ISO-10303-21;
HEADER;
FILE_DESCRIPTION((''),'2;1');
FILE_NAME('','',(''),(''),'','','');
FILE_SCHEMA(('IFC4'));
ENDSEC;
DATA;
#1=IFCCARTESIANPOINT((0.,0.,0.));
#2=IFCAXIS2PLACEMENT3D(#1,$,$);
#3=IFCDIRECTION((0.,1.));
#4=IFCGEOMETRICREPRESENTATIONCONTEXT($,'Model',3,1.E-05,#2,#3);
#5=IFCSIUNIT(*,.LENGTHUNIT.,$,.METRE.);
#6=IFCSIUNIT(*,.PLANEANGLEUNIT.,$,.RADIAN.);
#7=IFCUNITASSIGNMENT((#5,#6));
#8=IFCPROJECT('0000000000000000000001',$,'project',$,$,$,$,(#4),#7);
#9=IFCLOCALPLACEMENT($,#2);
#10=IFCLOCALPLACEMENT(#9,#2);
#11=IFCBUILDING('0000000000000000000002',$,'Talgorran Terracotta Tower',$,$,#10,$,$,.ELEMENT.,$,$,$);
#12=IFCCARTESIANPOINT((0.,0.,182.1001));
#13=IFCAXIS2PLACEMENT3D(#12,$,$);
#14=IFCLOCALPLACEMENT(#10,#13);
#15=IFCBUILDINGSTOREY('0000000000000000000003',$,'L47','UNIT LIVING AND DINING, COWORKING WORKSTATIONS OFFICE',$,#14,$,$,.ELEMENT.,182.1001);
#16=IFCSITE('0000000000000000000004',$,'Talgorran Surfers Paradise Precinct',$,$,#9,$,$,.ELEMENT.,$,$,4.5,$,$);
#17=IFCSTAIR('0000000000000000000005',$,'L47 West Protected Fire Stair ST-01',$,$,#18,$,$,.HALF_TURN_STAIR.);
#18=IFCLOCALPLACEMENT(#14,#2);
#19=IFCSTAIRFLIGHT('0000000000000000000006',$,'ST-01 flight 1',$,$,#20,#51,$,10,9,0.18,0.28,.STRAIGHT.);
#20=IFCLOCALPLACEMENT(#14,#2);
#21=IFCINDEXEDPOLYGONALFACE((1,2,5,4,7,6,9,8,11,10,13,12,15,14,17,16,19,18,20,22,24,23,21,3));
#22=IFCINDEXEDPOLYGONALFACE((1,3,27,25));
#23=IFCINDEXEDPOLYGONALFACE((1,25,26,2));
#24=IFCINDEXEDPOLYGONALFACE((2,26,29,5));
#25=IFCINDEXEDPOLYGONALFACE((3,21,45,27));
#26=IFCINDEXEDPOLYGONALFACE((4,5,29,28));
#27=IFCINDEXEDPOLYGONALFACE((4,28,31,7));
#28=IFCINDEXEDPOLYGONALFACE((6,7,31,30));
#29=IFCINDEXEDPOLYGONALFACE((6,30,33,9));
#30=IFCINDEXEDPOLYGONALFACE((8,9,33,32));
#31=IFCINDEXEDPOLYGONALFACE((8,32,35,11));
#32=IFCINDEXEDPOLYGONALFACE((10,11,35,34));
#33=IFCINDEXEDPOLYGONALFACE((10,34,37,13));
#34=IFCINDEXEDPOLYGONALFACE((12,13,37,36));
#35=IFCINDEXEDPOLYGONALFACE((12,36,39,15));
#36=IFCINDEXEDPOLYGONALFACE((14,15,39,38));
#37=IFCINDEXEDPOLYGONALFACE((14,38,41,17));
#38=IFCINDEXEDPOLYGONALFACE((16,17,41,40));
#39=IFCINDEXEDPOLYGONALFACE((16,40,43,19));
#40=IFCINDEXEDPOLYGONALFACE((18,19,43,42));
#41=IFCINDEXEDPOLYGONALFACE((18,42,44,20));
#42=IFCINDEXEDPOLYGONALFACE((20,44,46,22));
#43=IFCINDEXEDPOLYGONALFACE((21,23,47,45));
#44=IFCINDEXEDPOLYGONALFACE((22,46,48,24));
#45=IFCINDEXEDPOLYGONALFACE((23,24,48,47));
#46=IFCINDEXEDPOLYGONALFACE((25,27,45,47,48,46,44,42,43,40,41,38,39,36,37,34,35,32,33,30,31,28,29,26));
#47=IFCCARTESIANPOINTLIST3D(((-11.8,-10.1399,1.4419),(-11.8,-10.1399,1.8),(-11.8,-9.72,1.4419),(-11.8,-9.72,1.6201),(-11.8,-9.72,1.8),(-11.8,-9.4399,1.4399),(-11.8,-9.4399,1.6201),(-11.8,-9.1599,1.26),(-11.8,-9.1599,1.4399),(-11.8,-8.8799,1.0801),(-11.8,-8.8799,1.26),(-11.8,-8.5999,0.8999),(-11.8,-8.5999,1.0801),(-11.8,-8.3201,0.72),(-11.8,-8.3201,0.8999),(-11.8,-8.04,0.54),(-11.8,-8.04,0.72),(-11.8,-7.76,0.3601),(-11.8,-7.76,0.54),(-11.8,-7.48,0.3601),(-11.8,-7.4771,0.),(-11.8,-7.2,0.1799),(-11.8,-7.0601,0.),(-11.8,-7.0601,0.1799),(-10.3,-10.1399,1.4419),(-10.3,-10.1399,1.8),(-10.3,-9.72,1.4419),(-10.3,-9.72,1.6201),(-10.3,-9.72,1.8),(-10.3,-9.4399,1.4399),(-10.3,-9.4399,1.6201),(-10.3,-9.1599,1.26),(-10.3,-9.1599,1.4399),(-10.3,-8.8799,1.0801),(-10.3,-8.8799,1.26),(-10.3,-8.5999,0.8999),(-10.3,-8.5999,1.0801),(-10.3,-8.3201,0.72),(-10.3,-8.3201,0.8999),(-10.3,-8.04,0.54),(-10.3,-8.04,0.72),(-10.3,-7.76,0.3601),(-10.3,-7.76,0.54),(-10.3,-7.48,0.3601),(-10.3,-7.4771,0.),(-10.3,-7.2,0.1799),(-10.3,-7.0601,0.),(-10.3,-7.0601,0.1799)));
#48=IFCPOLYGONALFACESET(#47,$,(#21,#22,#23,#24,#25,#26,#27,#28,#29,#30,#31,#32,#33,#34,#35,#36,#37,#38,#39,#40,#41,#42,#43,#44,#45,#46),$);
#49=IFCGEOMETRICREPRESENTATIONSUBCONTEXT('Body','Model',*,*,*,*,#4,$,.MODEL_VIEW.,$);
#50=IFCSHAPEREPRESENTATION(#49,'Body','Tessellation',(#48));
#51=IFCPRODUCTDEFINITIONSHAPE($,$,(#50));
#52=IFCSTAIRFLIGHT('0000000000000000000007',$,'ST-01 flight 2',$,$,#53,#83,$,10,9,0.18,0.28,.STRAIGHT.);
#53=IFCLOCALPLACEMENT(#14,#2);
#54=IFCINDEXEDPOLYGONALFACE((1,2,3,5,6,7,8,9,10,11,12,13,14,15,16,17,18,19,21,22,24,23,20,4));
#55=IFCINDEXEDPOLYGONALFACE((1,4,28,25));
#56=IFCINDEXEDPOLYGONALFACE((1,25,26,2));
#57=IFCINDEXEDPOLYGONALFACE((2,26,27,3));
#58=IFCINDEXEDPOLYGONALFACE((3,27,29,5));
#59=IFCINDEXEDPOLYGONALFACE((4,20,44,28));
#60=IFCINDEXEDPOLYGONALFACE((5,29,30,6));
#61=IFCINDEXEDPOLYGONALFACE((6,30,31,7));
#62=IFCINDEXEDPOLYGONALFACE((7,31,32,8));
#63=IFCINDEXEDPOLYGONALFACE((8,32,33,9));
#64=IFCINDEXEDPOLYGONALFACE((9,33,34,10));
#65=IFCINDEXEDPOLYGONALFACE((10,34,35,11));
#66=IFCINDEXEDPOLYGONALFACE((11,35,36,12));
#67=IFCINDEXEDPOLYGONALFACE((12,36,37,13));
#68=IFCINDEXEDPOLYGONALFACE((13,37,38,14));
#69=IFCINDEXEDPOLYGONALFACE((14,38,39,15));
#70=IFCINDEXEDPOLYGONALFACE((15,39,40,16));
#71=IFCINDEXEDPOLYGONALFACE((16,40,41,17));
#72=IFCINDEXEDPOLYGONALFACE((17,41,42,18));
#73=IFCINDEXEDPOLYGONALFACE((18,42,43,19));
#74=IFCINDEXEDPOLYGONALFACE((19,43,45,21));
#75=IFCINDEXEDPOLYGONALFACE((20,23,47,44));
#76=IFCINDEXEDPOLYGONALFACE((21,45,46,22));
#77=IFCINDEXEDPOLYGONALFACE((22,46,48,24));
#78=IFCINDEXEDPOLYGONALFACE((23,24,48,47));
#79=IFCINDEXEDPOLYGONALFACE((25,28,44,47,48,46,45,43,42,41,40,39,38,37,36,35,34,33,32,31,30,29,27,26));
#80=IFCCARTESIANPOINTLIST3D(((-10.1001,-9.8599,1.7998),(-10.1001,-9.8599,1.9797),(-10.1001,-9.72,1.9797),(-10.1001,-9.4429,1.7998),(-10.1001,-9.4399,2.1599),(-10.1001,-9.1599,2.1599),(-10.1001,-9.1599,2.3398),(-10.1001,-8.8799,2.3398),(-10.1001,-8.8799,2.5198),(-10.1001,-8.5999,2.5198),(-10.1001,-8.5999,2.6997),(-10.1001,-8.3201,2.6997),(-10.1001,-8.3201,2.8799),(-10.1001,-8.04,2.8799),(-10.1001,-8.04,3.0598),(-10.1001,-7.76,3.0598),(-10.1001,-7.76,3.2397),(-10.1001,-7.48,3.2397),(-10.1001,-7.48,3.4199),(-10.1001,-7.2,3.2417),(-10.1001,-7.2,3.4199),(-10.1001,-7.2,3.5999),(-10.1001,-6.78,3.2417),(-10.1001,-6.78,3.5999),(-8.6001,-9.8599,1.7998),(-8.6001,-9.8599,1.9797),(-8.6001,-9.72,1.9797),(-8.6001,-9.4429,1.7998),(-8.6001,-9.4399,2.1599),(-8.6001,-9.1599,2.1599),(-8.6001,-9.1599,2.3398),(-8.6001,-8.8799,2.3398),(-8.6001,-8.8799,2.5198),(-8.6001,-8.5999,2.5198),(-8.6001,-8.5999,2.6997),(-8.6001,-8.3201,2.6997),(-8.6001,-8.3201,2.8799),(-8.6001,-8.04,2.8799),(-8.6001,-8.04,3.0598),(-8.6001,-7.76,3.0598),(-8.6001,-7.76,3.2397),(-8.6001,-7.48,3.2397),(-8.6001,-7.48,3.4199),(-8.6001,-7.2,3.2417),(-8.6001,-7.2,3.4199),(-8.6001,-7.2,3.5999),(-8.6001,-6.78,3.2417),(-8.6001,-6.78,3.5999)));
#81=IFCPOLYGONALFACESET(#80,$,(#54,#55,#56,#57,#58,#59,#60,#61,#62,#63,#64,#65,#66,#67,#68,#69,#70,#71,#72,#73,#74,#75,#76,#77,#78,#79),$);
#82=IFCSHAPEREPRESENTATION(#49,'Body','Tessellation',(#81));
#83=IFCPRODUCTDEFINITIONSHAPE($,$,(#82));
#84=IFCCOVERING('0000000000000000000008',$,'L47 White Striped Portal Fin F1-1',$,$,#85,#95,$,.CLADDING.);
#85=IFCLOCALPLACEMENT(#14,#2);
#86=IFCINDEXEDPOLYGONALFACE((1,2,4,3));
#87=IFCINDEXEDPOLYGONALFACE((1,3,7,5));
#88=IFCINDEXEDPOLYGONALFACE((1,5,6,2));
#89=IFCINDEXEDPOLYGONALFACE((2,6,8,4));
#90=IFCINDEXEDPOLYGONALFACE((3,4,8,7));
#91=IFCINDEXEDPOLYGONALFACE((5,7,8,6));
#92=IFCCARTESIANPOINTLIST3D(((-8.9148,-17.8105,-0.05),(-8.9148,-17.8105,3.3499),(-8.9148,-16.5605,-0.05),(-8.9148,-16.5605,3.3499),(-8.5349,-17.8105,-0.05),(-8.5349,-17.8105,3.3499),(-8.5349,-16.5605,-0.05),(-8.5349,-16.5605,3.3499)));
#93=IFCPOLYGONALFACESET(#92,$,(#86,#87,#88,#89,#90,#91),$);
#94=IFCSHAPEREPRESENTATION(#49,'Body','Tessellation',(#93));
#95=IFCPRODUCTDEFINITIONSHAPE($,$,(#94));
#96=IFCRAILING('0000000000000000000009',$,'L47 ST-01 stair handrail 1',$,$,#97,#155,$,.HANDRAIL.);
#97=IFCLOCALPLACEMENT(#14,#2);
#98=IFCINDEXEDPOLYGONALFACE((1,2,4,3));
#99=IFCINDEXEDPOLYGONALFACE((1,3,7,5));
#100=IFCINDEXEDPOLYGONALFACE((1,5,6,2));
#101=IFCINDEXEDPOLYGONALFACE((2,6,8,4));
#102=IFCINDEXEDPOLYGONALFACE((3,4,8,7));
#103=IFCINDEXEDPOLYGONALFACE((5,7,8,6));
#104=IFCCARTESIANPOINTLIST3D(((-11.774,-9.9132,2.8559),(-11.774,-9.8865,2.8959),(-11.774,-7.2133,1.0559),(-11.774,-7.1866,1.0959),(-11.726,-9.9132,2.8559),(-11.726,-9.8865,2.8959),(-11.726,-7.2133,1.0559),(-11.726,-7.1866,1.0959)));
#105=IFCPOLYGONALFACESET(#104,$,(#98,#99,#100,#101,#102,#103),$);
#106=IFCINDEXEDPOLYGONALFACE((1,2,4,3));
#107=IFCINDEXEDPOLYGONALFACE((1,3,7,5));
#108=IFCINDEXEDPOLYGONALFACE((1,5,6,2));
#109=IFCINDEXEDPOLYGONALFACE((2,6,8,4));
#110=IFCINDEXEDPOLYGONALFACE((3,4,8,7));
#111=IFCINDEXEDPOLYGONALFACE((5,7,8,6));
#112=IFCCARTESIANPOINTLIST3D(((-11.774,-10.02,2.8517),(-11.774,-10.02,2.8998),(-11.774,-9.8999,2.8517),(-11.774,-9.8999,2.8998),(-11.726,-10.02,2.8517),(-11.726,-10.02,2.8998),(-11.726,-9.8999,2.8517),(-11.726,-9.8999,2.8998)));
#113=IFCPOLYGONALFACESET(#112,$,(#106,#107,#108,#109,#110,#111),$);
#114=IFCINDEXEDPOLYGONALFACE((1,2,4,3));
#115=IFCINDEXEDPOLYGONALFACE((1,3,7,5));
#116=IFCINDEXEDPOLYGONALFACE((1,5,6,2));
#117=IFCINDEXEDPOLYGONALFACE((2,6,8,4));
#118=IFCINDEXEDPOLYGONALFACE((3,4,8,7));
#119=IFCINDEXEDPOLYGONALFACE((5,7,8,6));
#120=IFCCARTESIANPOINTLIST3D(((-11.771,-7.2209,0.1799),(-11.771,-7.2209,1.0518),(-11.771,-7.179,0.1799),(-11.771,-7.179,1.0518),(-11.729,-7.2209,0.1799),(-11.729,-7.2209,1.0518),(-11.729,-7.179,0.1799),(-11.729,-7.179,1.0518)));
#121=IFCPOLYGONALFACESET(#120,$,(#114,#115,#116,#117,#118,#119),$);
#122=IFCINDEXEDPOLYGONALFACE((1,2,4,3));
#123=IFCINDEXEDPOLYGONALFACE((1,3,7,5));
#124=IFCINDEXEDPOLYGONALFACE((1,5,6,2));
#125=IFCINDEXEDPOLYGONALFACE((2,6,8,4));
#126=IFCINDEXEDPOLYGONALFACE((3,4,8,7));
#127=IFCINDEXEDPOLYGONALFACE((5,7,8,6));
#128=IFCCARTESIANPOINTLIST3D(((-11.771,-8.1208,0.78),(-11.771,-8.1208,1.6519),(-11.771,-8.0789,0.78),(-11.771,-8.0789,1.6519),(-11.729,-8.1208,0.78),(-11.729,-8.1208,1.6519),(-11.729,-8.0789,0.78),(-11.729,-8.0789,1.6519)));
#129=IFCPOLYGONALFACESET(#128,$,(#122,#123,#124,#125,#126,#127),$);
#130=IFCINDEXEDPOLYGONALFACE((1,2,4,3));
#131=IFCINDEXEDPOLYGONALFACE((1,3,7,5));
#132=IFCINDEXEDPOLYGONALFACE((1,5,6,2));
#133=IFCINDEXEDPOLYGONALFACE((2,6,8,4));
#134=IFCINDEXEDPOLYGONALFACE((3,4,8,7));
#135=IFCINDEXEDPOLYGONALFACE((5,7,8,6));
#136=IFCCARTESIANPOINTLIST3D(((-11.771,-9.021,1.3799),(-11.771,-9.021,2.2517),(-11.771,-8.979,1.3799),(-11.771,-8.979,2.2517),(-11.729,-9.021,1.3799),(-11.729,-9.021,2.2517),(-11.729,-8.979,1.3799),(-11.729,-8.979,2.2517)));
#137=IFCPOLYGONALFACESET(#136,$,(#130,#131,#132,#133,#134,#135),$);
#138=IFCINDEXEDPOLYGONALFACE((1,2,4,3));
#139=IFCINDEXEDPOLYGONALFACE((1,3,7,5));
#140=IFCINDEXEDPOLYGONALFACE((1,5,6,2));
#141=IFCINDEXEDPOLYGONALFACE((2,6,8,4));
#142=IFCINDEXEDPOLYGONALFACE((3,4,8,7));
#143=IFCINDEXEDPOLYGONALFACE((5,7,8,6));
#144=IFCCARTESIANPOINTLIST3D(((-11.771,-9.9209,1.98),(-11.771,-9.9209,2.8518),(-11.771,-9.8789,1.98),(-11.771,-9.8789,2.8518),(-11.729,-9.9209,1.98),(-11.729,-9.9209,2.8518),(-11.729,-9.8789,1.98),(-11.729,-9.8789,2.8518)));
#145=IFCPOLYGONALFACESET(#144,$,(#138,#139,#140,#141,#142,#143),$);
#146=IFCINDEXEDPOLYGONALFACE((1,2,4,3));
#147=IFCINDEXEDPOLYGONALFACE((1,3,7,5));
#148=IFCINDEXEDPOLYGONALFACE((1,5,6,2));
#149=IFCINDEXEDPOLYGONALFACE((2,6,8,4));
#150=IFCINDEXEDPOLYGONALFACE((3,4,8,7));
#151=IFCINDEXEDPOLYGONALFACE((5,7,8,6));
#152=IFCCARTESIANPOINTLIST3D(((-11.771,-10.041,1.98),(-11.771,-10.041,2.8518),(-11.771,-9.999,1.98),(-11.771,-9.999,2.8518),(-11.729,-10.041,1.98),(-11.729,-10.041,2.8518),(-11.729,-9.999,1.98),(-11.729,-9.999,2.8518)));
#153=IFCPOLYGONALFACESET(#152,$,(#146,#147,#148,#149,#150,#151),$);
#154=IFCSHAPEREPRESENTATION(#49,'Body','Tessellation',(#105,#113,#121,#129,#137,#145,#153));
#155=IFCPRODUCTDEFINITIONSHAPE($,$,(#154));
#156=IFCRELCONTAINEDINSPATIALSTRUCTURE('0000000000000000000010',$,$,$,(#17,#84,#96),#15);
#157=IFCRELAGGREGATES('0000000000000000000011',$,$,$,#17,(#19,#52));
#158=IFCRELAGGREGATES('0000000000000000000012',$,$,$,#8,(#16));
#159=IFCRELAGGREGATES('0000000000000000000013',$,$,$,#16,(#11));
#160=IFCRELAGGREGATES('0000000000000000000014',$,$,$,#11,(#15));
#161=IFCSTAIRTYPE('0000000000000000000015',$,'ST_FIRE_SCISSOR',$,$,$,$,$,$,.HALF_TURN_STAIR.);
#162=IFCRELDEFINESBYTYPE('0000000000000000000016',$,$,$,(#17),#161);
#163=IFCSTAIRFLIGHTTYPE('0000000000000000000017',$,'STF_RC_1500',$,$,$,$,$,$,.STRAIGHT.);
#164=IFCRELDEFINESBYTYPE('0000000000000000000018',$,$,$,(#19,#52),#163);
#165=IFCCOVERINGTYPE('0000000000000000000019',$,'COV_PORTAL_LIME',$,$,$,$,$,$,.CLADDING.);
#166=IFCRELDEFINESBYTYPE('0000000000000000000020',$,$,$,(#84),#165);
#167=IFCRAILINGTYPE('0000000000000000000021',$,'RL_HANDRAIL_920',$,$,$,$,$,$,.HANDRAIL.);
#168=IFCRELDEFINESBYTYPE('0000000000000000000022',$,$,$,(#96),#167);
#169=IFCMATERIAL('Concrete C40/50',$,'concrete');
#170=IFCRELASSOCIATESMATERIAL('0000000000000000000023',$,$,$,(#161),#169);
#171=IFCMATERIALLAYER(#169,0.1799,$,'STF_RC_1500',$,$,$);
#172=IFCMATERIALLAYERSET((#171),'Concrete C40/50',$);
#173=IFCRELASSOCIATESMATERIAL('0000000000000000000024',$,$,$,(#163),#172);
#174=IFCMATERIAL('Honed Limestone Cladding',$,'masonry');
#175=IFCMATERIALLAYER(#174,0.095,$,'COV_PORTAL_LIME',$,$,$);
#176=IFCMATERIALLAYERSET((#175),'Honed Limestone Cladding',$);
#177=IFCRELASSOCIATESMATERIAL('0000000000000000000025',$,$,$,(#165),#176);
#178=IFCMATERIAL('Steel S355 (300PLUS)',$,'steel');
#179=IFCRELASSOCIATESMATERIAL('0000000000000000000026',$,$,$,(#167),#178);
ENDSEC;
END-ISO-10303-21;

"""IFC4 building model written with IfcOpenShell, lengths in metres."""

from ifc_helpers import new_model, si_unit, direction, frame, origin, origin_2d, place, context, subcontext, project, spatial, polyline, rectangle, outline, extrude, material, layer, layer_set, type_object, element, aggregate, save


model = new_model("IFC4")

# Units and contexts
model_context = context("Model", 3, precision=1e-05, world=origin(), true_north=direction((0.0, 1.0)))
body_context = subcontext(model_context, "Body", "Model", "MODEL_VIEW")
ifc_project = project(units=[si_unit("LENGTHUNIT", "METRE"), si_unit("PLANEANGLEUNIT", "RADIAN")], contexts=[model_context])

# Site, building, storey
site_placement = place(None, origin())
site = spatial("IfcSite", under=ifc_project, at=site_placement, Name="Talgorran Surfers Paradise Precinct", CompositionType="ELEMENT", RefElevation=4.5)
building_placement = place(site_placement, origin())
building = spatial("IfcBuilding", under=site, at=building_placement, Name="Talgorran Terracotta Tower", CompositionType="ELEMENT")
storey_placement = place(building_placement, frame((0.0, 0.0, 182.1001)))
storey = spatial("IfcBuildingStorey", under=building, at=storey_placement, Name="L47", Description="UNIT LIVING AND DINING, COWORKING WORKSTATIONS OFFICE", CompositionType="ELEMENT", Elevation=182.1001)

# Shared definitions
ifc_material_1 = material(Name="Steel S355 (300PLUS)", Category="steel")

# Stair, stair flights
ifc_material_2 = material(Name="Concrete C40/50", Category="concrete")
stair_type = type_object("IfcStairType", Name="ST_FIRE_SCISSOR", PredefinedType="HALF_TURN_STAIR", material=ifc_material_2)
stair_placement = place(storey_placement, origin())
stair = element("IfcStair", 1, at=stair_placement, inside=storey, type_object=stair_type, Name="L47 West Protected Fire Stair ST-01", PredefinedType="HALF_TURN_STAIR")
ifc_layer_1 = layer(ifc_material_2, 0.1799, Name="STF_RC_1500")
ifc_layer_set_1 = layer_set([ifc_layer_1], Name="Concrete C40/50")
stair_flight_type = type_object("IfcStairFlightType", Name="STF_RC_1500", PredefinedType="STRAIGHT", material=ifc_layer_set_1)
stair_flight_1_placement = place(storey_placement, frame((-11.05, -7.2, 0.0), z_axis=(0.0, 0.0, 1.0), x_axis=(0.0, -1.0, 0.0)))
stair_flight_1 = element("IfcStairFlight", 2, at=stair_flight_1_placement, type_object=stair_flight_type, Name="ST-01 flight 1", NumberOfRisers=10, NumberOfTreads=9, PredefinedType="STRAIGHT", RiserHeight=0.18, TreadLength=0.28, context=body_context, shape_type="SweptSolid", body=[
    extrude(outline(polyline([(-0.1399, 0.0), (-0.1399, 0.1799), (0.0, 0.1799), (0.28, 0.3601), (0.5601, 0.3601), (0.5601, 0.54), (0.8401, 0.54), (0.8401, 0.72), (1.1201, 0.72), (1.1201, 0.8999), (1.3999, 0.8999), (1.3999, 1.0801), (1.6799, 1.0801), (1.6799, 1.26), (1.96, 1.26), (1.96, 1.4399), (2.24, 1.4399), (2.24, 1.6201), (2.52, 1.6201), (2.52, 1.8), (2.9399, 1.8), (2.9399, 1.4419), (2.52, 1.4419), (0.2771, 0.0), (-0.1399, 0.0)])), frame((0.0, 0.75, 0.0), z_axis=(0.0, -1.0, 0.0), x_axis=(1.0, 0.0, 0.0)), (0.0, 0.0, 1.0), 1.5),
])
stair_flight_2_placement = place(storey_placement, frame((-9.3501, -9.72, 1.7998), z_axis=(0.0, 0.0, 1.0), x_axis=(0.0, 1.0, 0.0)))
stair_flight_2 = element("IfcStairFlight", 3, at=stair_flight_2_placement, type_object=stair_flight_type, Name="ST-01 flight 2", NumberOfRisers=10, NumberOfTreads=9, PredefinedType="STRAIGHT", RiserHeight=0.18, TreadLength=0.28, context=body_context, shape_type="SweptSolid", body=[
    extrude(outline(polyline([(-0.1399, 0.0), (-0.1399, 0.1799), (0.0, 0.1799), (0.28, 0.3601), (0.5601, 0.3601), (0.5601, 0.54), (0.8401, 0.54), (0.8401, 0.72), (1.1201, 0.72), (1.1201, 0.8999), (1.3999, 0.8999), (1.3999, 1.0801), (1.6799, 1.0801), (1.6799, 1.26), (1.96, 1.26), (1.96, 1.4399), (2.24, 1.4399), (2.24, 1.6201), (2.52, 1.6201), (2.52, 1.8), (2.9399, 1.8), (2.9399, 1.4419), (2.52, 1.4419), (0.2771, 0.0), (-0.1399, 0.0)])), frame((0.0, 0.75, 0.0), z_axis=(0.0, -1.0, 0.0), x_axis=(1.0, 0.0, 0.0)), (0.0, 0.0, 1.0), 1.5),
])
aggregate(stair, [stair_flight_1, stair_flight_2])

# Covering
ifc_material_3 = material(Name="Honed Limestone Cladding", Category="masonry")
ifc_layer_2 = layer(ifc_material_3, 0.095, Name="COV_PORTAL_LIME")
ifc_layer_set_2 = layer_set([ifc_layer_2], Name="Honed Limestone Cladding")
covering_type = type_object("IfcCoveringType", Name="COV_PORTAL_LIME", PredefinedType="CLADDING", material=ifc_layer_set_2)
covering_placement = place(storey_placement, frame((-8.7249, -17.1855, -0.05), z_axis=(0.0, 0.0, 1.0), x_axis=(1.0, 0.0, 0.0)))
element("IfcCovering", 4, at=covering_placement, inside=storey, type_object=covering_type, Name="L47 White Striped Portal Fin F1-1", PredefinedType="CLADDING", context=body_context, shape_type="SweptSolid", body=[
    extrude(rectangle(XDim=0.3799, YDim=1.25, at=origin_2d()), origin(), (0.0, 0.0, 1.0), 3.3999),
])

# Railing
railing_type_1 = type_object("IfcRailingType", Name="RL_HANDRAIL_920", PredefinedType="HANDRAIL", material=ifc_material_1)
railing_1_placement = place(storey_placement, frame((-11.75, -7.2, 0.1799)))
element("IfcRailing", 5, at=railing_1_placement, inside=storey, type_object=railing_type_1, Name="L47 ST-01 stair handrail 1", PredefinedType="HANDRAIL", context=body_context, shape_type="SweptSolid", body=[
    extrude(rectangle(XDim=0.0481, YDim=0.0481, at=origin_2d()), frame((0.0, 0.0, 0.896), z_axis=(0.0, -0.832039, 0.554718), x_axis=(1.0, 0.0, 0.0)), (0.0, 0.0, 1.0), 3.2449),
    extrude(rectangle(XDim=0.0481, YDim=0.0481, at=origin_2d()), frame((0.0, -2.7, 2.6958), z_axis=(0.0, -1.0, 0.0), x_axis=(1.0, 0.0, 0.0)), (0.0, 0.0, 1.0), 0.1201),
    extrude(rectangle(XDim=0.042, YDim=0.042, at=origin_2d()), origin(), (0.0, 0.0, 1.0), 0.8718),
    extrude(rectangle(XDim=0.042, YDim=0.042, at=origin_2d()), frame((0.0, -0.8999, 0.6001)), (0.0, 0.0, 1.0), 0.8718),
    extrude(rectangle(XDim=0.042, YDim=0.042, at=origin_2d()), frame((0.0, -1.8, 1.2)), (0.0, 0.0, 1.0), 0.8718),
    extrude(rectangle(XDim=0.042, YDim=0.042, at=origin_2d()), frame((0.0, -2.7, 1.8)), (0.0, 0.0, 1.0), 0.8718),
    extrude(rectangle(XDim=0.042, YDim=0.042, at=origin_2d()), frame((0.0, -2.8201, 1.8)), (0.0, 0.0, 1.0), 0.8718),
])

save(model, "model.ifc")
